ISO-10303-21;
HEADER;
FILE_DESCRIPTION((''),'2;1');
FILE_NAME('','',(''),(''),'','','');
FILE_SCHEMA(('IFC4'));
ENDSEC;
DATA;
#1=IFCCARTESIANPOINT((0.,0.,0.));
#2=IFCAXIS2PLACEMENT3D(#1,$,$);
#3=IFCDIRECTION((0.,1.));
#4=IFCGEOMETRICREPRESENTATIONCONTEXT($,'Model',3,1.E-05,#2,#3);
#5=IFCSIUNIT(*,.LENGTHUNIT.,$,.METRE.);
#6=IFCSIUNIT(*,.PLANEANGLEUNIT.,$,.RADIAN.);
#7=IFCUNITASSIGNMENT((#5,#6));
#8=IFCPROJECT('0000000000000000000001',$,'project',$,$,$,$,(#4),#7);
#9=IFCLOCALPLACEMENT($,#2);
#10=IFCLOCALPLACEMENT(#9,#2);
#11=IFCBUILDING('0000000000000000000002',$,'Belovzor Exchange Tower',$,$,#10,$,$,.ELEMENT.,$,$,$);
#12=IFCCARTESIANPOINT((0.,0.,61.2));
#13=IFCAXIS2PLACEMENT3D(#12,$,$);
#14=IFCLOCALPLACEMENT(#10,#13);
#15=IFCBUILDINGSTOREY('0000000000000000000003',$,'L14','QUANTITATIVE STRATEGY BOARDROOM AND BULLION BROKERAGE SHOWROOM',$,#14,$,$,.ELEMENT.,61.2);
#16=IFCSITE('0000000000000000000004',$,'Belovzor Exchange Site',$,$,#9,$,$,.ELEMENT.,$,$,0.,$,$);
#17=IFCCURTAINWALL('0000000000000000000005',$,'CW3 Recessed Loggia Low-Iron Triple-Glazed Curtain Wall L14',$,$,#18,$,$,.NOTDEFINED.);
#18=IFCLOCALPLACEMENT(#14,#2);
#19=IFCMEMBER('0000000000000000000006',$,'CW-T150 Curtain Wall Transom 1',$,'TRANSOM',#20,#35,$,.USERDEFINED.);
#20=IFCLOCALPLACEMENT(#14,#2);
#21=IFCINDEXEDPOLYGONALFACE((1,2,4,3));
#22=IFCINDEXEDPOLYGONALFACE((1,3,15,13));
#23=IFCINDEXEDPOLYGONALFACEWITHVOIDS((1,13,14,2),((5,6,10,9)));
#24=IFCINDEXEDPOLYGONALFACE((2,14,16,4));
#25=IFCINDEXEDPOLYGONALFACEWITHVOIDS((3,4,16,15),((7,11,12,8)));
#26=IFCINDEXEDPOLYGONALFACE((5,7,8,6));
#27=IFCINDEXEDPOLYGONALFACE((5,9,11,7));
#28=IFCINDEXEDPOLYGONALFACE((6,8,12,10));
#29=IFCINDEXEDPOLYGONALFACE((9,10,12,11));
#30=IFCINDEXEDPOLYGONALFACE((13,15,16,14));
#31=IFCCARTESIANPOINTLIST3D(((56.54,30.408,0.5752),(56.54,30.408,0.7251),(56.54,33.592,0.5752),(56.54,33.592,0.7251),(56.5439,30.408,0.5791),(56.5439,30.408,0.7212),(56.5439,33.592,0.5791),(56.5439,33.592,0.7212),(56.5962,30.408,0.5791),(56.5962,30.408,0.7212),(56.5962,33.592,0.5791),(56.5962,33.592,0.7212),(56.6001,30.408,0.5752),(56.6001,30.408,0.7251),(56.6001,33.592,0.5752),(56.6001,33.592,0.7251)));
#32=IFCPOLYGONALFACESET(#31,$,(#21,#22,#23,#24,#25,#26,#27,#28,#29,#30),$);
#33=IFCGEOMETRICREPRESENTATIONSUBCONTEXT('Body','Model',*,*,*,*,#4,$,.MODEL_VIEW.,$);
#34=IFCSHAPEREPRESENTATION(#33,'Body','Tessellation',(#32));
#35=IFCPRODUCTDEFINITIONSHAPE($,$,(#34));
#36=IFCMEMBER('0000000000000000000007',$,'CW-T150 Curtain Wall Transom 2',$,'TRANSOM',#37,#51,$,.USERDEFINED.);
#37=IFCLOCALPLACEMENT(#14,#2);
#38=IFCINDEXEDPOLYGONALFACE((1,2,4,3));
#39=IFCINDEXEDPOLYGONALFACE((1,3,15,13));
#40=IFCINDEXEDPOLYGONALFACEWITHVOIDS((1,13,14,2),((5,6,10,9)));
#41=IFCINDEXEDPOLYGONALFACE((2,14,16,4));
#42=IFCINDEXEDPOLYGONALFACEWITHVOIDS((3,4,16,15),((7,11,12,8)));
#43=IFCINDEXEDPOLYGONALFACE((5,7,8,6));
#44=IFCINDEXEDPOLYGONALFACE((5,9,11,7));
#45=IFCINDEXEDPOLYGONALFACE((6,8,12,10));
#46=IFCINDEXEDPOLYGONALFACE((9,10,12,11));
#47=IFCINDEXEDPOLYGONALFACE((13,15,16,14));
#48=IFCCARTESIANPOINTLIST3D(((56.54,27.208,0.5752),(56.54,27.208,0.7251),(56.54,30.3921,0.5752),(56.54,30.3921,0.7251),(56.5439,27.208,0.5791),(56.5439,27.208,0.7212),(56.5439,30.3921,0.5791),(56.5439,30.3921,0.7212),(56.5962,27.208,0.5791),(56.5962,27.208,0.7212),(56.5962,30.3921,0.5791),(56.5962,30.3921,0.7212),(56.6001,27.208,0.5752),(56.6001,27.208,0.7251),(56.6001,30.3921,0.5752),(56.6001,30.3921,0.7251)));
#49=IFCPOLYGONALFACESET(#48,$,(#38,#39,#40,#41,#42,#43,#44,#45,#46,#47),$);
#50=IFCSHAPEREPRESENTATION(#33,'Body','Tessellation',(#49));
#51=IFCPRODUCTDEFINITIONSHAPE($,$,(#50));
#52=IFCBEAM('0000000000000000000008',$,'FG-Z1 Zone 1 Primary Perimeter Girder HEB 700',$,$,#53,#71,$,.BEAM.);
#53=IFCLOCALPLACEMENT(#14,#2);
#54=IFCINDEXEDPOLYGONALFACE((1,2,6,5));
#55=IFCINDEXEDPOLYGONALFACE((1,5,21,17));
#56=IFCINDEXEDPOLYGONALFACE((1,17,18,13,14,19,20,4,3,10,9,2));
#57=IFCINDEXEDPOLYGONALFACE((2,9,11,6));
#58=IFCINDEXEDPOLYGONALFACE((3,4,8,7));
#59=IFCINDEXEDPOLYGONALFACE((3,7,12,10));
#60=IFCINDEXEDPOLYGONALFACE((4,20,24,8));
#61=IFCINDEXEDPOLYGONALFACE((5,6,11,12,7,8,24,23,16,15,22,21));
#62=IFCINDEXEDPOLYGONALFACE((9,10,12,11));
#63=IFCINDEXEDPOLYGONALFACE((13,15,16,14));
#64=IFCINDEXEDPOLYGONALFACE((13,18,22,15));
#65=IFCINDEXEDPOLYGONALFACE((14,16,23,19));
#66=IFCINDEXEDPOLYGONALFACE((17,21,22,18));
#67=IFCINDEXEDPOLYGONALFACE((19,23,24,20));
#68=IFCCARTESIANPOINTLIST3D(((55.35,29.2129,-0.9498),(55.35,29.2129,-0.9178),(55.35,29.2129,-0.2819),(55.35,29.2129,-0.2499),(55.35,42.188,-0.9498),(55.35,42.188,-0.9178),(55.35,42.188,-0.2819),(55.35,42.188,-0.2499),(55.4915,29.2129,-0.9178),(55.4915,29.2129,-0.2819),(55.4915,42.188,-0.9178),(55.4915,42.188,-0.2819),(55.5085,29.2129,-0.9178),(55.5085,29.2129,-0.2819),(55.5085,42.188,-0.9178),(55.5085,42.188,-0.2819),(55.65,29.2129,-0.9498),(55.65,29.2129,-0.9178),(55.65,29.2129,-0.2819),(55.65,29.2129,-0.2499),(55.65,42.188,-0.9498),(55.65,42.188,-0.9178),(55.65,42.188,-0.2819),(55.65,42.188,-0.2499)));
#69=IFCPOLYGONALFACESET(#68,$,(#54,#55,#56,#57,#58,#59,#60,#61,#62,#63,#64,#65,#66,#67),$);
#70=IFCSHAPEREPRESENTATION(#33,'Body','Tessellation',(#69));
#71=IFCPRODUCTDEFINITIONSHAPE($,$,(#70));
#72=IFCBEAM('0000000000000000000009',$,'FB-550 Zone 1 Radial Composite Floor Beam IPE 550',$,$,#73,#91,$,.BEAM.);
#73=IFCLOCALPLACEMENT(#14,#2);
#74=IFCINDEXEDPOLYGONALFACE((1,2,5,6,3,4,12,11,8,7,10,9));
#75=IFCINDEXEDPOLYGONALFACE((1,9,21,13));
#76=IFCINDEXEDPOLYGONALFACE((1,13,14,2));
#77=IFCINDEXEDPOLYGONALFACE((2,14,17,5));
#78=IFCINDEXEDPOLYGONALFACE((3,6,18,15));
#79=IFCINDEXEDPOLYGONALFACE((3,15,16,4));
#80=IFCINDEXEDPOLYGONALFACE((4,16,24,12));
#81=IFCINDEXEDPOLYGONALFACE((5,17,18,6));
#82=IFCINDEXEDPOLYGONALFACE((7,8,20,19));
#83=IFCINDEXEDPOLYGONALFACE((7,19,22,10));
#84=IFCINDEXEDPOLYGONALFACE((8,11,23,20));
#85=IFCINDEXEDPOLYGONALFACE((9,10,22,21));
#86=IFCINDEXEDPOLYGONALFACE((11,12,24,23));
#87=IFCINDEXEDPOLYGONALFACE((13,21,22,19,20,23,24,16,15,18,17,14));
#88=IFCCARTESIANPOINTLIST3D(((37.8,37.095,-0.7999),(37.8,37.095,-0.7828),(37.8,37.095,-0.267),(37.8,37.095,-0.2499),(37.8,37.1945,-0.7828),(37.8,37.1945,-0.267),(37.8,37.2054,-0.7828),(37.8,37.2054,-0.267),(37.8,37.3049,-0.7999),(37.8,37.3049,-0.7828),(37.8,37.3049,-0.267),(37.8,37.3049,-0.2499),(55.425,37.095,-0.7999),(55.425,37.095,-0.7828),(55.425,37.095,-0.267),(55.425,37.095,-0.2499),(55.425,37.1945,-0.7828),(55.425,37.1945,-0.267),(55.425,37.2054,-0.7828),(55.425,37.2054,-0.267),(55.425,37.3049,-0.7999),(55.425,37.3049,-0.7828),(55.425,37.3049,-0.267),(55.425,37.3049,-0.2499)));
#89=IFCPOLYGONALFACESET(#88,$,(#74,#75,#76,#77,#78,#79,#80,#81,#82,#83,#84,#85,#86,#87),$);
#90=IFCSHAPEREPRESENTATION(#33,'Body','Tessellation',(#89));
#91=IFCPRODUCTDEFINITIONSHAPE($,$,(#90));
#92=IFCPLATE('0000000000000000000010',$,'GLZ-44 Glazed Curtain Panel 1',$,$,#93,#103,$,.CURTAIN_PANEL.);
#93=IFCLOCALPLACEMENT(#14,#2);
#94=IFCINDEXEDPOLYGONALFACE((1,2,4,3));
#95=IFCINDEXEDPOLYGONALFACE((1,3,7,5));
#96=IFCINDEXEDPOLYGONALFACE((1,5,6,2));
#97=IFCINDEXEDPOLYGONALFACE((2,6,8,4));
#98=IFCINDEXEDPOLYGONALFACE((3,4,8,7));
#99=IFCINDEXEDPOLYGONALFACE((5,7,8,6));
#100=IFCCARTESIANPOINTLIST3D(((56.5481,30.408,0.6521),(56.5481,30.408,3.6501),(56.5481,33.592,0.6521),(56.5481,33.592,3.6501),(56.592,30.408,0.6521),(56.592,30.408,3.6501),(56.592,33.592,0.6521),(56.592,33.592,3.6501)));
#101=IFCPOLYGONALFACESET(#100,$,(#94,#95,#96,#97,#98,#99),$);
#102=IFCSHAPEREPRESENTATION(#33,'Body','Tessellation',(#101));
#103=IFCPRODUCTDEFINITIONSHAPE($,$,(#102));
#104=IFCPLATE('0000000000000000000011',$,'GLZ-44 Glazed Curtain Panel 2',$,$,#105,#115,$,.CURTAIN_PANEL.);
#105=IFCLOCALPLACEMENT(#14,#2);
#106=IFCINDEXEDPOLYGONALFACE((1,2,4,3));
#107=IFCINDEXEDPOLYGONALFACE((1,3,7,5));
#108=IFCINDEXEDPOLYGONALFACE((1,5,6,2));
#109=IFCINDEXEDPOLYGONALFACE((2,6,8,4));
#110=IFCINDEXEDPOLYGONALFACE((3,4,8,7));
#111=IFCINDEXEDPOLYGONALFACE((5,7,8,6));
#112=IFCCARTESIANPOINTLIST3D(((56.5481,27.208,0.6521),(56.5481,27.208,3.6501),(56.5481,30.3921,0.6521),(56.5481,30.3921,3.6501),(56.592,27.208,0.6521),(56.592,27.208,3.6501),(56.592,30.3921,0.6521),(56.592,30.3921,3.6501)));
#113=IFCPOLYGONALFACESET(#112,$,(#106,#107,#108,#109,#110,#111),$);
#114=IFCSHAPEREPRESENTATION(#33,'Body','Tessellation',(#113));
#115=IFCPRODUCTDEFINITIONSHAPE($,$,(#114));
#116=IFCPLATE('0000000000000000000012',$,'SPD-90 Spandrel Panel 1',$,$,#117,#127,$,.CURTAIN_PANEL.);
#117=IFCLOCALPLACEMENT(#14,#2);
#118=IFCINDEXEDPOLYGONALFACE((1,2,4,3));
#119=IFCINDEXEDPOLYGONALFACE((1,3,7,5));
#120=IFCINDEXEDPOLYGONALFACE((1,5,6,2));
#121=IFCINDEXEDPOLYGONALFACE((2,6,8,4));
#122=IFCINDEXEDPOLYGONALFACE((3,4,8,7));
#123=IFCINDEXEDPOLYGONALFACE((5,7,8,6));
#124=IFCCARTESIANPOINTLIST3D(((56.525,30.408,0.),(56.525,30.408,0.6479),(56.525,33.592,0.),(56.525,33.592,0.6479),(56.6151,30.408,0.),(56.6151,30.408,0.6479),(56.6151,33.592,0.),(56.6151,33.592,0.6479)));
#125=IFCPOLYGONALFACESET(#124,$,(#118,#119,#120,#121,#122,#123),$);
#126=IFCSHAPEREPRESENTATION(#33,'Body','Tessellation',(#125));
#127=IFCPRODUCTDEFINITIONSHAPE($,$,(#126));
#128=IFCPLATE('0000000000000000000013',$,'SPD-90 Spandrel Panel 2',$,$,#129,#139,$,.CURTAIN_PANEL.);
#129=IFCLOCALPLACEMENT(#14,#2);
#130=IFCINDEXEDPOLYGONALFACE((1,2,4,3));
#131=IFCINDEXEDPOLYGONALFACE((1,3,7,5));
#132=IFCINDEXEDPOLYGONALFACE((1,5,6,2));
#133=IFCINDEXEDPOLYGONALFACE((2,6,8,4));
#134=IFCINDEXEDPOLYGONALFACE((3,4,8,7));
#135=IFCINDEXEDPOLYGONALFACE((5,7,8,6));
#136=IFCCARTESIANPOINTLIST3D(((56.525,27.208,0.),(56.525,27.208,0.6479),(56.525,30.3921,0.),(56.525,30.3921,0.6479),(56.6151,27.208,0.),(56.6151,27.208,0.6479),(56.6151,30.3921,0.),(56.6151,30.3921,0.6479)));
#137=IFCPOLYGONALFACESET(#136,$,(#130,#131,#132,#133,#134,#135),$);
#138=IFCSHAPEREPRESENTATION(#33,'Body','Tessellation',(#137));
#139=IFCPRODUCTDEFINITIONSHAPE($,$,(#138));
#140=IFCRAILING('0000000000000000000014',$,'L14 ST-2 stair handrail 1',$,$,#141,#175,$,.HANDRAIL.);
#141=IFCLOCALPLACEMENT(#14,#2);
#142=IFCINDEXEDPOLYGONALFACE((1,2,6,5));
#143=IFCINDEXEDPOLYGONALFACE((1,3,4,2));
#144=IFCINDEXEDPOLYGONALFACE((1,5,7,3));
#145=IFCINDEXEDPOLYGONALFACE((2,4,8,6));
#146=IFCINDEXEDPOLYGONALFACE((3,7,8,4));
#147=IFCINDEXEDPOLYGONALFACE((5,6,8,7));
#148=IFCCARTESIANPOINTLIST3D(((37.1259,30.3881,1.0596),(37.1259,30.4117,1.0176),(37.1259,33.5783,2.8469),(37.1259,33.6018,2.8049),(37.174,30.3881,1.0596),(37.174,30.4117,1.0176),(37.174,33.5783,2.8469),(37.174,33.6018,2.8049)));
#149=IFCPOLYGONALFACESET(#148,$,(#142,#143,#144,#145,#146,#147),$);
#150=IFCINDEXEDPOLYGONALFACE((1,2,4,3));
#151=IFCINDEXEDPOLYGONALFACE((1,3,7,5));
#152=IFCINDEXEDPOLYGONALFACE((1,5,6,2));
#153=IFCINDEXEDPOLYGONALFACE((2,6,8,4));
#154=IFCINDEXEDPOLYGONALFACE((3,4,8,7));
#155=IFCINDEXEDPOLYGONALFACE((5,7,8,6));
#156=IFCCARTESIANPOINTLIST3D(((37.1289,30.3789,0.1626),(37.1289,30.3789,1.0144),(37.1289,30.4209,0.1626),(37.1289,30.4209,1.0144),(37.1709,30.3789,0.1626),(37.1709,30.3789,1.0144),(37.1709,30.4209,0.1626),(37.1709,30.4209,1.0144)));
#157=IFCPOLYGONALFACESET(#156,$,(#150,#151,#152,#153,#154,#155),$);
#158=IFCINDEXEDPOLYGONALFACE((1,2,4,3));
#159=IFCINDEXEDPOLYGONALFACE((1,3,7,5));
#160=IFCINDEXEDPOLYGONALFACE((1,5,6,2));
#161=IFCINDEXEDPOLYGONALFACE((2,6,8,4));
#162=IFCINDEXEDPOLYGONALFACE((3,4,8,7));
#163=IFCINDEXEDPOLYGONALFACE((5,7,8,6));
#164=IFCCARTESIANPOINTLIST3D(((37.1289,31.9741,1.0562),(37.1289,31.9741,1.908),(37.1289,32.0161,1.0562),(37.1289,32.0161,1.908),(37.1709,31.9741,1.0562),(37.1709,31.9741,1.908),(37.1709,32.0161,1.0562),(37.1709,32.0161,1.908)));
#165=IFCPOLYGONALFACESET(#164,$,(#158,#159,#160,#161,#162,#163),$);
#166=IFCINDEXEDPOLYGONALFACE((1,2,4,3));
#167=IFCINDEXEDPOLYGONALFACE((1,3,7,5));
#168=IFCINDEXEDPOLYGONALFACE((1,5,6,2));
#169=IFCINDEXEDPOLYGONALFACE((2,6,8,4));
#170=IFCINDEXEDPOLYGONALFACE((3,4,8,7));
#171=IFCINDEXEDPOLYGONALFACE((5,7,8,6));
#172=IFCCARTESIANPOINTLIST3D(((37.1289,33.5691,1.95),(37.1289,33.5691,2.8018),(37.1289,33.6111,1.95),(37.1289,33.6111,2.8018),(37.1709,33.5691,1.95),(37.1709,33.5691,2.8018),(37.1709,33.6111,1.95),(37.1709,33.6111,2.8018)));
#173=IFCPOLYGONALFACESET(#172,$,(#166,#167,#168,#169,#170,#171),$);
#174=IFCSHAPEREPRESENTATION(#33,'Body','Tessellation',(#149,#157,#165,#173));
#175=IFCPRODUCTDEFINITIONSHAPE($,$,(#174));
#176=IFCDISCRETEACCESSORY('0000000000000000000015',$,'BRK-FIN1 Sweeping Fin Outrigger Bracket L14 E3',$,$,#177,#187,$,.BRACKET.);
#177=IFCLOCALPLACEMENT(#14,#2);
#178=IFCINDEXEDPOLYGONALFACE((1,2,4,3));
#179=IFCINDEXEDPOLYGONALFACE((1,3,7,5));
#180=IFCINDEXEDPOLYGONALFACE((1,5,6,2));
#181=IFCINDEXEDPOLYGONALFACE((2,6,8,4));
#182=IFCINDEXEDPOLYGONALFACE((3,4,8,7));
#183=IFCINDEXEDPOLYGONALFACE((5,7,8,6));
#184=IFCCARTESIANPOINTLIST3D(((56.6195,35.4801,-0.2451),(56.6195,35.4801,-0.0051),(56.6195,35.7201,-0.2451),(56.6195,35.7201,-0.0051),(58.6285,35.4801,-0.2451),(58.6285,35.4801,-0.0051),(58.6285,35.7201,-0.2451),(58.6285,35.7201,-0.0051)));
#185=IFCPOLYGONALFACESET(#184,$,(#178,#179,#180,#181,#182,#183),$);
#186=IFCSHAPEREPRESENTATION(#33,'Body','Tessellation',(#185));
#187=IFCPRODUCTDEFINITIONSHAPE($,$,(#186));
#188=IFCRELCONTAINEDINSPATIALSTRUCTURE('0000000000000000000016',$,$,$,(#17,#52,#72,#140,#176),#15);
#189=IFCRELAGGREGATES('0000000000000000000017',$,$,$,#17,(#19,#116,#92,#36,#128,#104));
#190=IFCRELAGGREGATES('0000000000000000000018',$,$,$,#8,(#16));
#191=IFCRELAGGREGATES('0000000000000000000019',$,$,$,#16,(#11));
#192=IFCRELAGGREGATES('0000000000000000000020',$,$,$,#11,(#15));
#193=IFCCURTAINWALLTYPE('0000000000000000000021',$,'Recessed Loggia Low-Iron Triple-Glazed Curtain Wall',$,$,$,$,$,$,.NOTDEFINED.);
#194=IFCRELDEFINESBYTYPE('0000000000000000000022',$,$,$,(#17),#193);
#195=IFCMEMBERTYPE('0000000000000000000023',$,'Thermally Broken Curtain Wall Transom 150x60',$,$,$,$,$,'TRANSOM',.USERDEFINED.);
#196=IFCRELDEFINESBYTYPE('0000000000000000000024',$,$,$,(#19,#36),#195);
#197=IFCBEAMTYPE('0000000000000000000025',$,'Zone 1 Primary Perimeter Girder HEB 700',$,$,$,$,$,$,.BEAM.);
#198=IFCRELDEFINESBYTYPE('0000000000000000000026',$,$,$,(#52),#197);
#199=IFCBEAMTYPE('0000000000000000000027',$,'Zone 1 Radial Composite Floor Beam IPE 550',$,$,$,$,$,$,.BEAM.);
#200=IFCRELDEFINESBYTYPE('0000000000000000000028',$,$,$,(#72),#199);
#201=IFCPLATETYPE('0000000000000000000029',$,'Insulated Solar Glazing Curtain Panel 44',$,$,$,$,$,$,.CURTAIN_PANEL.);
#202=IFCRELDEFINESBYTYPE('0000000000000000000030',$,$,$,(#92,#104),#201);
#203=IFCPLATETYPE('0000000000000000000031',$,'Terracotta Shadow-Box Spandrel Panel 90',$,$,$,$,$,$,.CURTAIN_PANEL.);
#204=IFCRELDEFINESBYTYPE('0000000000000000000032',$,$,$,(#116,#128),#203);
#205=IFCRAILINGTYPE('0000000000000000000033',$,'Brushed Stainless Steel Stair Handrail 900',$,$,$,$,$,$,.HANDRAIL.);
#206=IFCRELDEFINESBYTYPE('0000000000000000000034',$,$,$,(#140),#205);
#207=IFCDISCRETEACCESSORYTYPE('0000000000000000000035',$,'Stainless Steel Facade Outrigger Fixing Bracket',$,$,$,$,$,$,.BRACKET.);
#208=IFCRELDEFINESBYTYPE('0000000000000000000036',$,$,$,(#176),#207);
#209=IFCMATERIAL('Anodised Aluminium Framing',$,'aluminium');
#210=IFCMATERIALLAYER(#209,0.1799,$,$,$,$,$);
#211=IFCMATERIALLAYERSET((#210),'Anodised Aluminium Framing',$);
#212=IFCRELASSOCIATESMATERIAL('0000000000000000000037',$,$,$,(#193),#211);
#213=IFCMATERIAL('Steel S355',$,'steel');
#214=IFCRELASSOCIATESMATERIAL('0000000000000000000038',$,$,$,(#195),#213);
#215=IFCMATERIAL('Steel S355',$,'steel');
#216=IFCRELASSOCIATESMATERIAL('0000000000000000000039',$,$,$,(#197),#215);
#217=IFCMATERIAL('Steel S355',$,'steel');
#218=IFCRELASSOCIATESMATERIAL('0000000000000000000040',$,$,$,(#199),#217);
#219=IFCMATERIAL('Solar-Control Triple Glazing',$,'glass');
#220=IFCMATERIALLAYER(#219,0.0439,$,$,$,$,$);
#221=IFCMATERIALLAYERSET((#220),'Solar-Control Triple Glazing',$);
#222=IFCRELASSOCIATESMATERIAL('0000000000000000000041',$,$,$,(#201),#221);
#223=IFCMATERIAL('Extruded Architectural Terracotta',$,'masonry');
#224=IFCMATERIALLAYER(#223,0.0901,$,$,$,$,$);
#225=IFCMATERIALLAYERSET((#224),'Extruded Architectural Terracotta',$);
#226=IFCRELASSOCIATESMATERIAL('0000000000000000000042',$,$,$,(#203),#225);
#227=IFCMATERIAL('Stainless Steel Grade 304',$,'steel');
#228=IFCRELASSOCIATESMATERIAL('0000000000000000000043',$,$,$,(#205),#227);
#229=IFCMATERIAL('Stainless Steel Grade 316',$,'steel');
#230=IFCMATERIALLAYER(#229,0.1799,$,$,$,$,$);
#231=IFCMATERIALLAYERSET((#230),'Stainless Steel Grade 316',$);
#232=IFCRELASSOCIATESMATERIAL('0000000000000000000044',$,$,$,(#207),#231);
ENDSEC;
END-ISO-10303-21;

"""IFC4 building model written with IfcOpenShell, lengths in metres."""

from ifc_helpers import new_model, si_unit, direction, frame, origin, origin_2d, place, context, subcontext, project, spatial, rectangle, hollow_rectangle, i_section, extrude, material, layer, layer_set, material_profile, profile_set, type_object, element, aggregate, save


model = new_model("IFC4")

# Units and contexts
model_context = context("Model", 3, precision=1e-05, world=origin(), true_north=direction((0.0, 1.0)))
body_context = subcontext(model_context, "Body", "Model", "MODEL_VIEW")
ifc_project = project(units=[si_unit("LENGTHUNIT", "METRE"), si_unit("PLANEANGLEUNIT", "RADIAN")], contexts=[model_context])

# Site, building, storey
site_placement = place(None, origin())
site = spatial("IfcSite", under=ifc_project, at=site_placement, Name="Belovzor Exchange Site", CompositionType="ELEMENT", RefElevation=0.0)
building_placement = place(site_placement, origin())
building = spatial("IfcBuilding", under=site, at=building_placement, Name="Belovzor Exchange Tower", CompositionType="ELEMENT")
storey_placement = place(building_placement, frame((0.0, 0.0, 61.2)))
storey = spatial("IfcBuildingStorey", under=building, at=storey_placement, Name="L14", Description="QUANTITATIVE STRATEGY BOARDROOM AND BULLION BROKERAGE SHOWROOM", CompositionType="ELEMENT", Elevation=61.2)

# Curtain wall, members
ifc_material_1 = material(Name="Anodised Aluminium Framing", Category="aluminium")
ifc_layer_1 = layer(ifc_material_1, 0.1799)
ifc_layer_set_1 = layer_set([ifc_layer_1], Name="Anodised Aluminium Framing")
curtain_wall_type = type_object("IfcCurtainWallType", Name="Recessed Loggia Low-Iron Triple-Glazed Curtain Wall", PredefinedType="NOTDEFINED", material=ifc_layer_set_1)
curtain_wall_placement = place(storey_placement, origin())
curtain_wall = element("IfcCurtainWall", 1, at=curtain_wall_placement, inside=storey, type_object=curtain_wall_type, Name="CW3 Recessed Loggia Low-Iron Triple-Glazed Curtain Wall L14", PredefinedType="NOTDEFINED")
ifc_material_2 = material(Name="Steel S355", Category="steel")
ifc_material_profile_1 = material_profile(ifc_material_2, hollow_rectangle(XDim=0.0601, YDim=0.1499, WallThickness=0.0039, at=origin_2d()))
ifc_profile_set_1 = profile_set([ifc_material_profile_1], Name="Steel S355")
member_type_1 = type_object("IfcMemberType", Name="Thermally Broken Curtain Wall Transom 150x60", ElementType="TRANSOM", PredefinedType="USERDEFINED", material=ifc_profile_set_1)
member_1_placement = place(storey_placement, frame((56.5701, 33.592, 0.6501), z_axis=(0.0, -1.0, 0.0), x_axis=(1.0, 0.0, 0.0)))
member_1 = element("IfcMember", 2, at=member_1_placement, type_object=member_type_1, Name="CW-T150 Curtain Wall Transom 1", ObjectType="TRANSOM", PredefinedType="USERDEFINED", context=body_context, shape_type="SweptSolid", body=[
    extrude(hollow_rectangle(XDim=0.0601, YDim=0.1499, WallThickness=0.0039, at=origin_2d()), origin(), (0.0, 0.0, 1.0), 3.1841),
])
member_2_placement = place(storey_placement, frame((56.5701, 30.3921, 0.6501), z_axis=(0.0, -1.0, 0.0), x_axis=(1.0, 0.0, 0.0)))
member_2 = element("IfcMember", 3, at=member_2_placement, type_object=member_type_1, Name="CW-T150 Curtain Wall Transom 2", ObjectType="TRANSOM", PredefinedType="USERDEFINED", context=body_context, shape_type="SweptSolid", body=[
    extrude(hollow_rectangle(XDim=0.0601, YDim=0.1499, WallThickness=0.0039, at=origin_2d()), origin(), (0.0, 0.0, 1.0), 3.1841),
])

# Beams
ifc_material_3 = material(Name="Steel S355", Category="steel")
ifc_material_profile_2 = material_profile(ifc_material_3, i_section(OverallWidth=0.3, OverallDepth=0.7, WebThickness=0.0171, FlangeThickness=0.032, at=origin_2d()))
ifc_profile_set_2 = profile_set([ifc_material_profile_2], Name="Steel S355")
beam_type_1 = type_object("IfcBeamType", Name="Zone 1 Primary Perimeter Girder HEB 700", PredefinedType="BEAM", material=ifc_profile_set_2)
beam_1_placement = place(storey_placement, frame((55.5, 29.2129, -0.5999), z_axis=(0.0, 1.0, 0.0), x_axis=(-1.0, 0.0, 0.0)))
element("IfcBeam", 4, at=beam_1_placement, inside=storey, type_object=beam_type_1, Name="FG-Z1 Zone 1 Primary Perimeter Girder HEB 700", PredefinedType="BEAM", context=body_context, shape_type="SweptSolid", body=[
    extrude(i_section(OverallWidth=0.3, OverallDepth=0.7, WebThickness=0.0171, FlangeThickness=0.032, at=origin_2d()), origin(), (0.0, 0.0, 1.0), 12.9751),
])
ifc_material_4 = material(Name="Steel S355", Category="steel")
ifc_material_profile_3 = material_profile(ifc_material_4, i_section(OverallWidth=0.21, OverallDepth=0.55, WebThickness=0.011, FlangeThickness=0.0171, at=origin_2d()))
ifc_profile_set_3 = profile_set([ifc_material_profile_3], Name="Steel S355")
beam_type_2 = type_object("IfcBeamType", Name="Zone 1 Radial Composite Floor Beam IPE 550", PredefinedType="BEAM", material=ifc_profile_set_3)
beam_2_placement = place(storey_placement, frame((37.8, 37.2, -0.5249), z_axis=(1.0, 0.0, 0.0), x_axis=(0.0, 1.0, 0.0)))
element("IfcBeam", 5, at=beam_2_placement, inside=storey, type_object=beam_type_2, Name="FB-550 Zone 1 Radial Composite Floor Beam IPE 550", PredefinedType="BEAM", context=body_context, shape_type="SweptSolid", body=[
    extrude(i_section(OverallWidth=0.21, OverallDepth=0.55, WebThickness=0.011, FlangeThickness=0.0171, at=origin_2d()), origin(), (0.0, 0.0, 1.0), 17.625),
])

# Plates
ifc_material_5 = material(Name="Solar-Control Triple Glazing", Category="glass")
ifc_layer_2 = layer(ifc_material_5, 0.0439)
ifc_layer_set_2 = layer_set([ifc_layer_2], Name="Solar-Control Triple Glazing")
plate_type_1 = type_object("IfcPlateType", Name="Insulated Solar Glazing Curtain Panel 44", PredefinedType="CURTAIN_PANEL", material=ifc_layer_set_2)
plate_1_placement = place(storey_placement, frame((56.5701, 32.0, 0.6521), z_axis=(0.0, 0.0, 1.0), x_axis=(0.0, -1.0, 0.0)))
plate_1 = element("IfcPlate", 6, at=plate_1_placement, type_object=plate_type_1, Name="GLZ-44 Glazed Curtain Panel 1", PredefinedType="CURTAIN_PANEL", context=body_context, shape_type="SweptSolid", body=[
    extrude(rectangle(XDim=3.1841, YDim=0.0439, at=origin_2d()), origin(), (0.0, 0.0, 1.0), 2.998),
])
plate_2_placement = place(storey_placement, frame((56.5701, 28.8, 0.6521), z_axis=(0.0, 0.0, 1.0), x_axis=(0.0, -1.0, 0.0)))
plate_2 = element("IfcPlate", 7, at=plate_2_placement, type_object=plate_type_1, Name="GLZ-44 Glazed Curtain Panel 2", PredefinedType="CURTAIN_PANEL", context=body_context, shape_type="SweptSolid", body=[
    extrude(rectangle(XDim=3.1841, YDim=0.0439, at=origin_2d()), origin(), (0.0, 0.0, 1.0), 2.998),
])
ifc_material_6 = material(Name="Extruded Architectural Terracotta", Category="masonry")
ifc_layer_3 = layer(ifc_material_6, 0.0901)
ifc_layer_set_3 = layer_set([ifc_layer_3], Name="Extruded Architectural Terracotta")
plate_type_2 = type_object("IfcPlateType", Name="Terracotta Shadow-Box Spandrel Panel 90", PredefinedType="CURTAIN_PANEL", material=ifc_layer_set_3)
plate_3_placement = place(storey_placement, frame((56.5701, 32.0, 0.0), z_axis=(0.0, 0.0, 1.0), x_axis=(0.0, -1.0, 0.0)))
plate_3 = element("IfcPlate", 8, at=plate_3_placement, type_object=plate_type_2, Name="SPD-90 Spandrel Panel 1", PredefinedType="CURTAIN_PANEL", context=body_context, shape_type="SweptSolid", body=[
    extrude(rectangle(XDim=3.1841, YDim=0.0901, at=origin_2d()), origin(), (0.0, 0.0, 1.0), 0.6479),
])
plate_4_placement = place(storey_placement, frame((56.5701, 28.8, 0.0), z_axis=(0.0, 0.0, 1.0), x_axis=(0.0, -1.0, 0.0)))
plate_4 = element("IfcPlate", 9, at=plate_4_placement, type_object=plate_type_2, Name="SPD-90 Spandrel Panel 2", PredefinedType="CURTAIN_PANEL", context=body_context, shape_type="SweptSolid", body=[
    extrude(rectangle(XDim=3.1841, YDim=0.0901, at=origin_2d()), origin(), (0.0, 0.0, 1.0), 0.6479),
])
aggregate(curtain_wall, [member_1, plate_3, plate_1, member_2, plate_4, plate_2])

# Railing
ifc_material_7 = material(Name="Stainless Steel Grade 304", Category="steel")
railing_type = type_object("IfcRailingType", Name="Brushed Stainless Steel Stair Handrail 900", PredefinedType="HANDRAIL", material=ifc_material_7)
railing_placement = place(storey_placement, frame((37.1499, 30.3999, 0.1626)))
element("IfcRailing", 10, at=railing_placement, inside=storey, type_object=railing_type, Name="L14 ST-2 stair handrail 1", PredefinedType="HANDRAIL", context=body_context, shape_type="SweptSolid", body=[
    extrude(rectangle(XDim=0.0481, YDim=0.0481, at=origin_2d()), frame((0.0, 0.0, 0.876), z_axis=(0.0, 0.872407, 0.48878), x_axis=(-1.0, 0.0, 0.0)), (0.0, 0.0, 1.0), 3.6567),
    extrude(rectangle(XDim=0.042, YDim=0.042, at=origin_2d()), origin(), (0.0, 0.0, 1.0), 0.8518),
    extrude(rectangle(XDim=0.042, YDim=0.042, at=origin_2d()), frame((0.0, 1.5952, 0.8936)), (0.0, 0.0, 1.0), 0.8518),
    extrude(rectangle(XDim=0.042, YDim=0.042, at=origin_2d()), frame((0.0, 3.1902, 1.7874)), (0.0, 0.0, 1.0), 0.8518),
])

# Discrete accessory
ifc_material_8 = material(Name="Stainless Steel Grade 316", Category="steel")
ifc_layer_4 = layer(ifc_material_8, 0.1799)
ifc_layer_set_4 = layer_set([ifc_layer_4], Name="Stainless Steel Grade 316")
discrete_accessory_type = type_object("IfcDiscreteAccessoryType", Name="Stainless Steel Facade Outrigger Fixing Bracket", PredefinedType="BRACKET", material=ifc_layer_set_4)
discrete_accessory_placement = place(storey_placement, frame((57.624, 35.6001, -0.2451), z_axis=(0.0, 0.0, 1.0), x_axis=(1.0, 0.0, 0.0)))
element("IfcDiscreteAccessory", 11, at=discrete_accessory_placement, inside=storey, type_object=discrete_accessory_type, Name="BRK-FIN1 Sweeping Fin Outrigger Bracket L14 E3", PredefinedType="BRACKET", context=body_context, shape_type="SweptSolid", body=[
    extrude(rectangle(XDim=2.009, YDim=0.24, at=origin_2d()), origin(), (0.0, 0.0, 1.0), 0.24),
])

save(model, "model.ifc")
